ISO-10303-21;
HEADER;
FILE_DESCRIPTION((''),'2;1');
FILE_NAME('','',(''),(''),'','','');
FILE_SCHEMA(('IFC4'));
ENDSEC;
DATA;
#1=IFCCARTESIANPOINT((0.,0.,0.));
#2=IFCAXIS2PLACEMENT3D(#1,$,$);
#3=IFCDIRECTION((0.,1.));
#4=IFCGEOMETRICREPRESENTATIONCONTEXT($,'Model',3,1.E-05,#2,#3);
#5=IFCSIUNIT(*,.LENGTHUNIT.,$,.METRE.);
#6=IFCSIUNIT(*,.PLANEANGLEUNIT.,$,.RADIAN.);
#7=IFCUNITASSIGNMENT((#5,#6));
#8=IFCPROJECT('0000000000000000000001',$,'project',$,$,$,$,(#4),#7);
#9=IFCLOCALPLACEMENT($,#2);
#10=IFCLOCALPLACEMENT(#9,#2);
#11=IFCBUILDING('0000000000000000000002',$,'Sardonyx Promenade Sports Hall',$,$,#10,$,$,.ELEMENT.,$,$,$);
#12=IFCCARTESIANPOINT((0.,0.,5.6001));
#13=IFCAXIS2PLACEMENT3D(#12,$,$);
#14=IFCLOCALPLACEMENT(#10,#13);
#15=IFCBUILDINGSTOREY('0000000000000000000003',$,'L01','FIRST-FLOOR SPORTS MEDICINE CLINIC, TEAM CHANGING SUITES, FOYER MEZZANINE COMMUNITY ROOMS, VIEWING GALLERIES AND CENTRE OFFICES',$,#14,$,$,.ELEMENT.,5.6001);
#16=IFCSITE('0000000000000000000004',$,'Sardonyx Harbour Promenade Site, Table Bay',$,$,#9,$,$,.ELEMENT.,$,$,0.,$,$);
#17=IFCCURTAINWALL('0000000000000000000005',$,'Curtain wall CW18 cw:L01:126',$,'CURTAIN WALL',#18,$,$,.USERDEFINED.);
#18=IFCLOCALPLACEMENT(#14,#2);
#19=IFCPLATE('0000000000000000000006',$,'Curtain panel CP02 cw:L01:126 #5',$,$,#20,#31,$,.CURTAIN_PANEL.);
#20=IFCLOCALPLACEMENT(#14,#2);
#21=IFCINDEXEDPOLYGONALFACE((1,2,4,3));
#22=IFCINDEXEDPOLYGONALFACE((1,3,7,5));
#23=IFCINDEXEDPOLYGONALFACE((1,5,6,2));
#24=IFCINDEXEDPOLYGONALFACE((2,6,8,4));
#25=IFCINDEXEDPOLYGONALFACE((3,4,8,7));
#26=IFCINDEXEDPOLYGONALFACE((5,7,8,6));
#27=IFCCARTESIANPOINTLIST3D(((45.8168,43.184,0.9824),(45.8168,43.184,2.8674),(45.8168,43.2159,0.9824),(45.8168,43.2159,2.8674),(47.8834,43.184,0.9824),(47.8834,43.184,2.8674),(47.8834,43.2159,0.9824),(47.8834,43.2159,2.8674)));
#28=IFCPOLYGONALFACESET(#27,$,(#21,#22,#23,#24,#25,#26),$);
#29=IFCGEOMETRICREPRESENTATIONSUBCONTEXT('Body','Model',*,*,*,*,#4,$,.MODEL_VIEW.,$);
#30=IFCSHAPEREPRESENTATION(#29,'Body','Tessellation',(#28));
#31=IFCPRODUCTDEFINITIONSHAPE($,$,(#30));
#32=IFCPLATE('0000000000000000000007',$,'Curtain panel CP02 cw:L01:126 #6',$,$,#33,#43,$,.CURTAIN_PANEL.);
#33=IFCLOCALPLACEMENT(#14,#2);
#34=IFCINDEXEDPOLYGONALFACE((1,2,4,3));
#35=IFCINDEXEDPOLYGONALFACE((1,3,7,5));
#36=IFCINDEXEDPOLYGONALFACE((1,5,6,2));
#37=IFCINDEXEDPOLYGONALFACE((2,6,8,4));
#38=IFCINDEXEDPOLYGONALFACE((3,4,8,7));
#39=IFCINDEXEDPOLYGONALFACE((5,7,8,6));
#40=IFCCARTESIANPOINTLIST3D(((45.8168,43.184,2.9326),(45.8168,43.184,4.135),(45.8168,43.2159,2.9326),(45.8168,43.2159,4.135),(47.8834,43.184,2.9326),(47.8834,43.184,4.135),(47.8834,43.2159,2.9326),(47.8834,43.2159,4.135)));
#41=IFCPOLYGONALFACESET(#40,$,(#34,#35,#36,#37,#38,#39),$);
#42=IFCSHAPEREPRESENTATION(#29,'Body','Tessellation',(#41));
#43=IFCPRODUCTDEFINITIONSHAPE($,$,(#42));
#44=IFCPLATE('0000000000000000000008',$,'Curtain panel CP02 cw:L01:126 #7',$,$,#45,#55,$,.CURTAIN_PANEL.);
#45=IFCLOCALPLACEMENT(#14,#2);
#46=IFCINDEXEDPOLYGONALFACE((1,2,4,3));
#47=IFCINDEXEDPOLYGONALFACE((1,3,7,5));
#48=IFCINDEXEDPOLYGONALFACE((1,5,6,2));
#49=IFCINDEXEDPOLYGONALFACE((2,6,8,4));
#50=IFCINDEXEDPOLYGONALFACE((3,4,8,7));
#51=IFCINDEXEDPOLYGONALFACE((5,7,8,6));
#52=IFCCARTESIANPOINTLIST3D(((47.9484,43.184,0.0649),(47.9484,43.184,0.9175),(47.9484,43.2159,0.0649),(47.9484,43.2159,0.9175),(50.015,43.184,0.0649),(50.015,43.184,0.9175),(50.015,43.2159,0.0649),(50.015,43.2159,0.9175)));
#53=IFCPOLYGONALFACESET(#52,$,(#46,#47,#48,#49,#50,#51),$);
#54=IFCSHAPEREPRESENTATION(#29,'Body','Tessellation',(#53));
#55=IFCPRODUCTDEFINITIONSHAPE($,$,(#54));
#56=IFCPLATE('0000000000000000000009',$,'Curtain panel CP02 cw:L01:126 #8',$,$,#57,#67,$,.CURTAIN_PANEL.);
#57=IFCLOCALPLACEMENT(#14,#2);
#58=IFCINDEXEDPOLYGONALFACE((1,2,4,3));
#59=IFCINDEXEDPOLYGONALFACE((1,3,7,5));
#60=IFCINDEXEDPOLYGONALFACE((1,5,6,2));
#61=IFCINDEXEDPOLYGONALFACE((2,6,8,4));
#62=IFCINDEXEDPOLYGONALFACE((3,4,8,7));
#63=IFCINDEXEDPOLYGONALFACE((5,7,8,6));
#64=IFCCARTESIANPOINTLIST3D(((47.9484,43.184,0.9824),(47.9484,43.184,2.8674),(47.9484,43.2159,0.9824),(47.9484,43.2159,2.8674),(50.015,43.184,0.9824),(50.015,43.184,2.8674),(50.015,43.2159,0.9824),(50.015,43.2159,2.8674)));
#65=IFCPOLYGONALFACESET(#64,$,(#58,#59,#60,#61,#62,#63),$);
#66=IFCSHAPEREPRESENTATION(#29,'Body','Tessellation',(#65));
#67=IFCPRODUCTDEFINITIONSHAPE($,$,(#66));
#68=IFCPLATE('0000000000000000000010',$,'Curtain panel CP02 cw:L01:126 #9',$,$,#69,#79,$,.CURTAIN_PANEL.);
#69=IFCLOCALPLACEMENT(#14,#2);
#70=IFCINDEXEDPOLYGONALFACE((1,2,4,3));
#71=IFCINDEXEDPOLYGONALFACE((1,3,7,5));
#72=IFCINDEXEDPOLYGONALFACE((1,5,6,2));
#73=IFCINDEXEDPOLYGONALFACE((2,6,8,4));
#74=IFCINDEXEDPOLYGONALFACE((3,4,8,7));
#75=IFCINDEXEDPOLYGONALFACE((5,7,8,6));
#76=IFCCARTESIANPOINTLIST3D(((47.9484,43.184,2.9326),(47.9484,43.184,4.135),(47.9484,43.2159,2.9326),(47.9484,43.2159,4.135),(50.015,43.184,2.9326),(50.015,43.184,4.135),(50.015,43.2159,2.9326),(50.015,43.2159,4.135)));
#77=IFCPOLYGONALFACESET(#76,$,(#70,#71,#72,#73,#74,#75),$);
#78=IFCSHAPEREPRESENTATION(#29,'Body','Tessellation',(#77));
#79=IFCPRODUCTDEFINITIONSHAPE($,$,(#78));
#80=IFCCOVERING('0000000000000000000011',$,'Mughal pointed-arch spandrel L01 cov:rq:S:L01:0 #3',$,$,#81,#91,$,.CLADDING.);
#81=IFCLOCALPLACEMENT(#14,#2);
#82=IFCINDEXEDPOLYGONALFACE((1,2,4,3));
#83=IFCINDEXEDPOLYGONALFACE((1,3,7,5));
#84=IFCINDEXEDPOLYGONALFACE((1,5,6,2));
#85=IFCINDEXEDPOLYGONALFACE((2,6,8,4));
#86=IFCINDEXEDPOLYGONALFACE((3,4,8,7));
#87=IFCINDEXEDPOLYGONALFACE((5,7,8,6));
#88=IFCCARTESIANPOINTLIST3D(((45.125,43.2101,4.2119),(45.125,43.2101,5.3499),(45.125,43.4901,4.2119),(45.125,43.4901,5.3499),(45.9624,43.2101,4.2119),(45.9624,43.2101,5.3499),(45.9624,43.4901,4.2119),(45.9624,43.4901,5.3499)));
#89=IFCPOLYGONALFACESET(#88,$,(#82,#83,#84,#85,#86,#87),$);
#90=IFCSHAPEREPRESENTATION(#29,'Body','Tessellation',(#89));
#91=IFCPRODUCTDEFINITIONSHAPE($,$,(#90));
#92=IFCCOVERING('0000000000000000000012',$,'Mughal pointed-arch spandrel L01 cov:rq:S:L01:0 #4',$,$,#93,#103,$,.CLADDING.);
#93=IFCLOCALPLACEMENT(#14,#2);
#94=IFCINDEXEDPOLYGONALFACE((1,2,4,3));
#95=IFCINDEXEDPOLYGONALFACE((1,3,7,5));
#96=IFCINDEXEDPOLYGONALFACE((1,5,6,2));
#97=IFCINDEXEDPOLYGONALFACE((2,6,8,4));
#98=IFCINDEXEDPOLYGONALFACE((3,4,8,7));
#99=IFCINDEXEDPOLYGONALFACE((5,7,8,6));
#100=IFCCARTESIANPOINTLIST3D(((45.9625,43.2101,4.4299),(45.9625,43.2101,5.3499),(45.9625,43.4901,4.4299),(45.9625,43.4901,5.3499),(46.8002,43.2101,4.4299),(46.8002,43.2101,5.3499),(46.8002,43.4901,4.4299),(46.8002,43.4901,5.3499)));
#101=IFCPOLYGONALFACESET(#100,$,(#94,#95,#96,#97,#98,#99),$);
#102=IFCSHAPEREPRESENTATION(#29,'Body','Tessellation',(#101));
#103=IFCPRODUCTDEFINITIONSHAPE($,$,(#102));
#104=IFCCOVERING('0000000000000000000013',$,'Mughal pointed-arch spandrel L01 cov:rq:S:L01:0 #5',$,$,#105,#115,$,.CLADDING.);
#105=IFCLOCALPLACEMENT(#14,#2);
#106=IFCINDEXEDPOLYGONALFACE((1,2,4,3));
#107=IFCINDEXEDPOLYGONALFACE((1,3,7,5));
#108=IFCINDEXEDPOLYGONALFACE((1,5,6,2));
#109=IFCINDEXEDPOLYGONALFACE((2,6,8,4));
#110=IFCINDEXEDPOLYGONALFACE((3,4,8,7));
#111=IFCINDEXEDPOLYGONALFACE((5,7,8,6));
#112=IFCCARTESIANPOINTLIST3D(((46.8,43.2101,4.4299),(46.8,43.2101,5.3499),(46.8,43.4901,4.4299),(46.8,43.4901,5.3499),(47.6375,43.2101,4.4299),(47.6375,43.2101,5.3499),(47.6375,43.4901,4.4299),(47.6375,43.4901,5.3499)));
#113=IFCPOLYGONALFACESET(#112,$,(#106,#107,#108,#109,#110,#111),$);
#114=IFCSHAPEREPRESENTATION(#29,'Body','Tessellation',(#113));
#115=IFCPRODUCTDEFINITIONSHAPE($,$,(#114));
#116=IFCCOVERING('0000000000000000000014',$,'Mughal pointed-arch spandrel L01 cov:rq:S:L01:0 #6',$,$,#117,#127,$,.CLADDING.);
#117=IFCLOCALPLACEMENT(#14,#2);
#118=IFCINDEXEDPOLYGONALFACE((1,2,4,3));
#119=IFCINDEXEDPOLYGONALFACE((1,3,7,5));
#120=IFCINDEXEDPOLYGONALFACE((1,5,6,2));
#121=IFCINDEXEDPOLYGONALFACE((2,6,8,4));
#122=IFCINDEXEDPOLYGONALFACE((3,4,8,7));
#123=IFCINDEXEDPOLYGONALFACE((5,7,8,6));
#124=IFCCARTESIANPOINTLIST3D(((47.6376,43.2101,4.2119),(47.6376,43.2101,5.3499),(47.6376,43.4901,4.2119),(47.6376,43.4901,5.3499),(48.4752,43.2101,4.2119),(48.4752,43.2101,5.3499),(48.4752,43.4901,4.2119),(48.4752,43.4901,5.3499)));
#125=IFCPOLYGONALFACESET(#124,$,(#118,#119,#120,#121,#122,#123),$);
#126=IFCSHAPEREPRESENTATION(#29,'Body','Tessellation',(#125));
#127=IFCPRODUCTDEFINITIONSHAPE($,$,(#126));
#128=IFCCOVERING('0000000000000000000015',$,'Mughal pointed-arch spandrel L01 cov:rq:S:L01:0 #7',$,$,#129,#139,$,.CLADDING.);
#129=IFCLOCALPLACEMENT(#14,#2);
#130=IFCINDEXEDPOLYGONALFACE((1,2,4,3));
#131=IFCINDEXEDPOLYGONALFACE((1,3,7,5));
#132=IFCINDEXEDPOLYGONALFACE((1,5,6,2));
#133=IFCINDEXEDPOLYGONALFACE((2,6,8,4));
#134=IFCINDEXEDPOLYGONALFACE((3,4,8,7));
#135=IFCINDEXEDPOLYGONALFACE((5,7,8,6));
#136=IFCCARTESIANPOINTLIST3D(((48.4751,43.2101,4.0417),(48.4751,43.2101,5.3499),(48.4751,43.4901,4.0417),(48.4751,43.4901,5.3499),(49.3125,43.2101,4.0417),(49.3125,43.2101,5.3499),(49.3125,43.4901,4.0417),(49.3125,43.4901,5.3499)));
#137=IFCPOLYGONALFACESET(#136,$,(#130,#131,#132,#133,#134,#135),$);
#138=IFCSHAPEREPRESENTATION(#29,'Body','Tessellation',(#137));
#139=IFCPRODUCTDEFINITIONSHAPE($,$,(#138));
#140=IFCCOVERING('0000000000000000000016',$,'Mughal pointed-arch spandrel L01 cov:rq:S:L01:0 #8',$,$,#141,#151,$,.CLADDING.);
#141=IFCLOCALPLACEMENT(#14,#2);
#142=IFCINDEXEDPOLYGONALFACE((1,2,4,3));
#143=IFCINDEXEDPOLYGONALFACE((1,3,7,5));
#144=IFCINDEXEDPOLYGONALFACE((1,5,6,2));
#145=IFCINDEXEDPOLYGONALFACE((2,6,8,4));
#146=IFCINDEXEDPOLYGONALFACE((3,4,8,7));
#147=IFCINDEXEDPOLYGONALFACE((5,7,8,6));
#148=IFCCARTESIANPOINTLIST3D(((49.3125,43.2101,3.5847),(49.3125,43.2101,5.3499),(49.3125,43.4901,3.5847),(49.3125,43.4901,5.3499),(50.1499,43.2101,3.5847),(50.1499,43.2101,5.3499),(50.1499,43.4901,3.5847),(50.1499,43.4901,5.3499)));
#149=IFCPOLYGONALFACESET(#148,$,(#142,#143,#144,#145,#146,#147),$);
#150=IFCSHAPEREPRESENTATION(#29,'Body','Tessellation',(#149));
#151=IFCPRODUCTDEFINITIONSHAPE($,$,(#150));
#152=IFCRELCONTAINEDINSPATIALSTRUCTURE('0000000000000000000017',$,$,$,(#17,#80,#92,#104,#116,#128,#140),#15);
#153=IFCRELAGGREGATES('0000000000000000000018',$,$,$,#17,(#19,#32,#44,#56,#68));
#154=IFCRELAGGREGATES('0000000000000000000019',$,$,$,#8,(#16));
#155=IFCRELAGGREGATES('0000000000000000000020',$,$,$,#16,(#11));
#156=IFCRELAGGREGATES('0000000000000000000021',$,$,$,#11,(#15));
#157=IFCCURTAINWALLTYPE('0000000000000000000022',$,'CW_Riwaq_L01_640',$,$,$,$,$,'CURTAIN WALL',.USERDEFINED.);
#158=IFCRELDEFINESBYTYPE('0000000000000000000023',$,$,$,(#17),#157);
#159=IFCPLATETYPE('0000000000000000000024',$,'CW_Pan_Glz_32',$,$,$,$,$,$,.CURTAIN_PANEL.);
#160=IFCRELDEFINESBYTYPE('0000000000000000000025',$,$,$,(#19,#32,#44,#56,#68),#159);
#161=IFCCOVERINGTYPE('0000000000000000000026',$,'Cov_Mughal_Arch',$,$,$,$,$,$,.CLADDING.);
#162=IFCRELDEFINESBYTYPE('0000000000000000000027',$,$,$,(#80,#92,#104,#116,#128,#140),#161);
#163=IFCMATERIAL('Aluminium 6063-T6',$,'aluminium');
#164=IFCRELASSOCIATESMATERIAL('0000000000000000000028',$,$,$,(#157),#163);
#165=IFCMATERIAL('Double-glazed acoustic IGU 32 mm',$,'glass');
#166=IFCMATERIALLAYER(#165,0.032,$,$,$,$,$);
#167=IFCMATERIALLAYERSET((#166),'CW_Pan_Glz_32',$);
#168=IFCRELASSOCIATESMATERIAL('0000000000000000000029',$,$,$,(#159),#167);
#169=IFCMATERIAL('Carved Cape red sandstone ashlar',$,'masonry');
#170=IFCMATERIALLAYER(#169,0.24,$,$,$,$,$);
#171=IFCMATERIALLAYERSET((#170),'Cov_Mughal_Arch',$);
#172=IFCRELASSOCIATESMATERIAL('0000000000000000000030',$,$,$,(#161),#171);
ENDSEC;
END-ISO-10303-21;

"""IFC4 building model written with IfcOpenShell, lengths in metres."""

from ifc_helpers import new_model, si_unit, direction, frame, frame_2d, origin, origin_2d, place, context, subcontext, project, spatial, rectangle, extrude, material, layer, layer_set, type_object, element, aggregate, save


model = new_model("IFC4")

# Units and contexts
model_context = context("Model", 3, precision=1e-05, world=origin(), true_north=direction((0.0, 1.0)))
body_context = subcontext(model_context, "Body", "Model", "MODEL_VIEW")
ifc_project = project(units=[si_unit("LENGTHUNIT", "METRE"), si_unit("PLANEANGLEUNIT", "RADIAN")], contexts=[model_context])

# Site, building, storey
site_placement = place(None, origin())
site = spatial("IfcSite", under=ifc_project, at=site_placement, Name="Sardonyx Harbour Promenade Site, Table Bay", CompositionType="ELEMENT", RefElevation=0.0)
building_placement = place(site_placement, origin())
building = spatial("IfcBuilding", under=site, at=building_placement, Name="Sardonyx Promenade Sports Hall", CompositionType="ELEMENT")
storey_placement = place(building_placement, frame((0.0, 0.0, 5.6001)))
storey = spatial("IfcBuildingStorey", under=building, at=storey_placement, Name="L01", Description="FIRST-FLOOR SPORTS MEDICINE CLINIC, TEAM CHANGING SUITES, FOYER MEZZANINE COMMUNITY ROOMS, VIEWING GALLERIES AND CENTRE OFFICES", CompositionType="ELEMENT", Elevation=5.6001)

# Curtain wall, plates
ifc_material_1 = material(Name="Aluminium 6063-T6", Category="aluminium")
curtain_wall_type = type_object("IfcCurtainWallType", Name="CW_Riwaq_L01_640", ElementType="CURTAIN WALL", PredefinedType="USERDEFINED", material=ifc_material_1)
curtain_wall_placement = place(storey_placement, origin())
curtain_wall = element("IfcCurtainWall", 1, at=curtain_wall_placement, inside=storey, type_object=curtain_wall_type, Name="Curtain wall CW18 cw:L01:126", ObjectType="CURTAIN WALL", PredefinedType="USERDEFINED")
ifc_material_2 = material(Name="Double-glazed acoustic IGU 32 mm", Category="glass")
ifc_layer_1 = layer(ifc_material_2, 0.032)
ifc_layer_set_1 = layer_set([ifc_layer_1], Name="CW_Pan_Glz_32")
plate_type = type_object("IfcPlateType", Name="CW_Pan_Glz_32", PredefinedType="CURTAIN_PANEL", material=ifc_layer_set_1)
plate_1_placement = place(storey_placement, frame((46.8501, 43.2, 0.9824), z_axis=(0.0, 0.0, 1.0), x_axis=(1.0, 0.0, 0.0)))
plate_1 = element("IfcPlate", 2, at=plate_1_placement, type_object=plate_type, Name="Curtain panel CP02 cw:L01:126 #5", PredefinedType="CURTAIN_PANEL", context=body_context, shape_type="SweptSolid", body=[
    extrude(rectangle(XDim=2.0667, YDim=0.032, at=origin_2d()), origin(), (0.0, 0.0, 1.0), 1.885),
])
plate_2_placement = place(storey_placement, frame((46.8501, 43.2, 2.9326), z_axis=(0.0, 0.0, 1.0), x_axis=(1.0, 0.0, 0.0)))
plate_2 = element("IfcPlate", 3, at=plate_2_placement, type_object=plate_type, Name="Curtain panel CP02 cw:L01:126 #6", PredefinedType="CURTAIN_PANEL", context=body_context, shape_type="SweptSolid", body=[
    extrude(rectangle(XDim=2.0667, YDim=0.032, at=origin_2d()), origin(), (0.0, 0.0, 1.0), 1.2024),
])
plate_3_placement = place(storey_placement, frame((48.9817, 43.2, 0.0649), z_axis=(0.0, 0.0, 1.0), x_axis=(1.0, 0.0, 0.0)))
plate_3 = element("IfcPlate", 4, at=plate_3_placement, type_object=plate_type, Name="Curtain panel CP02 cw:L01:126 #7", PredefinedType="CURTAIN_PANEL", context=body_context, shape_type="SweptSolid", body=[
    extrude(rectangle(XDim=2.0667, YDim=0.032, at=origin_2d()), origin(), (0.0, 0.0, 1.0), 0.8525),
])
plate_4_placement = place(storey_placement, frame((48.9817, 43.2, 0.9824), z_axis=(0.0, 0.0, 1.0), x_axis=(1.0, 0.0, 0.0)))
plate_4 = element("IfcPlate", 5, at=plate_4_placement, type_object=plate_type, Name="Curtain panel CP02 cw:L01:126 #8", PredefinedType="CURTAIN_PANEL", context=body_context, shape_type="SweptSolid", body=[
    extrude(rectangle(XDim=2.0667, YDim=0.032, at=origin_2d()), origin(), (0.0, 0.0, 1.0), 1.885),
])
plate_5_placement = place(storey_placement, frame((48.9817, 43.2, 2.9326), z_axis=(0.0, 0.0, 1.0), x_axis=(1.0, 0.0, 0.0)))
plate_5 = element("IfcPlate", 6, at=plate_5_placement, type_object=plate_type, Name="Curtain panel CP02 cw:L01:126 #9", PredefinedType="CURTAIN_PANEL", context=body_context, shape_type="SweptSolid", body=[
    extrude(rectangle(XDim=2.0667, YDim=0.032, at=origin_2d()), origin(), (0.0, 0.0, 1.0), 1.2024),
])
aggregate(curtain_wall, [plate_1, plate_2, plate_3, plate_4, plate_5])

# Coverings
ifc_material_3 = material(Name="Carved Cape red sandstone ashlar", Category="masonry")
ifc_layer_2 = layer(ifc_material_3, 0.24)
ifc_layer_set_2 = layer_set([ifc_layer_2], Name="Cov_Mughal_Arch")
covering_type = type_object("IfcCoveringType", Name="Cov_Mughal_Arch", PredefinedType="CLADDING", material=ifc_layer_set_2)
covering_1_placement = place(storey_placement, frame((45.125, 43.3501, 4.2119), z_axis=(0.0, 0.0, 1.0), x_axis=(1.0, 0.0, 0.0)))
element("IfcCovering", 7, at=covering_1_placement, inside=storey, type_object=covering_type, Name="Mughal pointed-arch spandrel L01 cov:rq:S:L01:0 #3", PredefinedType="CLADDING", context=body_context, shape_type="SweptSolid", body=[
    extrude(rectangle(XDim=0.8374, YDim=0.28, at=frame_2d((0.4187, 0.0))), origin(), (0.0, 0.0, 1.0), 1.1379),
])
covering_2_placement = place(storey_placement, frame((45.9624, 43.3501, 4.4299), z_axis=(0.0, 0.0, 1.0), x_axis=(1.0, 0.0, 0.0)))
element("IfcCovering", 8, at=covering_2_placement, inside=storey, type_object=covering_type, Name="Mughal pointed-arch spandrel L01 cov:rq:S:L01:0 #4", PredefinedType="CLADDING", context=body_context, shape_type="SweptSolid", body=[
    extrude(rectangle(XDim=0.8376, YDim=0.28, at=frame_2d((0.4189, 0.0))), origin(), (0.0, 0.0, 1.0), 0.9199),
])
covering_3_placement = place(storey_placement, frame((46.8, 43.3501, 4.4299), z_axis=(0.0, 0.0, 1.0), x_axis=(1.0, 0.0, 0.0)))
element("IfcCovering", 9, at=covering_3_placement, inside=storey, type_object=covering_type, Name="Mughal pointed-arch spandrel L01 cov:rq:S:L01:0 #5", PredefinedType="CLADDING", context=body_context, shape_type="SweptSolid", body=[
    extrude(rectangle(XDim=0.8374, YDim=0.28, at=frame_2d((0.4187, 0.0))), origin(), (0.0, 0.0, 1.0), 0.9199),
])
covering_4_placement = place(storey_placement, frame((47.6375, 43.3501, 4.2119), z_axis=(0.0, 0.0, 1.0), x_axis=(1.0, 0.0, 0.0)))
element("IfcCovering", 10, at=covering_4_placement, inside=storey, type_object=covering_type, Name="Mughal pointed-arch spandrel L01 cov:rq:S:L01:0 #6", PredefinedType="CLADDING", context=body_context, shape_type="SweptSolid", body=[
    extrude(rectangle(XDim=0.8376, YDim=0.28, at=frame_2d((0.4189, 0.0))), origin(), (0.0, 0.0, 1.0), 1.1379),
])
covering_5_placement = place(storey_placement, frame((48.4751, 43.3501, 4.0417), z_axis=(0.0, 0.0, 1.0), x_axis=(1.0, 0.0, 0.0)))
element("IfcCovering", 11, at=covering_5_placement, inside=storey, type_object=covering_type, Name="Mughal pointed-arch spandrel L01 cov:rq:S:L01:0 #7", PredefinedType="CLADDING", context=body_context, shape_type="SweptSolid", body=[
    extrude(rectangle(XDim=0.8374, YDim=0.28, at=frame_2d((0.4187, 0.0))), origin(), (0.0, 0.0, 1.0), 1.3081),
])
covering_6_placement = place(storey_placement, frame((49.3125, 43.3501, 3.5847), z_axis=(0.0, 0.0, 1.0), x_axis=(1.0, 0.0, 0.0)))
element("IfcCovering", 12, at=covering_6_placement, inside=storey, type_object=covering_type, Name="Mughal pointed-arch spandrel L01 cov:rq:S:L01:0 #8", PredefinedType="CLADDING", context=body_context, shape_type="SweptSolid", body=[
    extrude(rectangle(XDim=0.8374, YDim=0.28, at=frame_2d((0.4187, 0.0))), origin(), (0.0, 0.0, 1.0), 1.7651),
])

save(model, "model.ifc")
